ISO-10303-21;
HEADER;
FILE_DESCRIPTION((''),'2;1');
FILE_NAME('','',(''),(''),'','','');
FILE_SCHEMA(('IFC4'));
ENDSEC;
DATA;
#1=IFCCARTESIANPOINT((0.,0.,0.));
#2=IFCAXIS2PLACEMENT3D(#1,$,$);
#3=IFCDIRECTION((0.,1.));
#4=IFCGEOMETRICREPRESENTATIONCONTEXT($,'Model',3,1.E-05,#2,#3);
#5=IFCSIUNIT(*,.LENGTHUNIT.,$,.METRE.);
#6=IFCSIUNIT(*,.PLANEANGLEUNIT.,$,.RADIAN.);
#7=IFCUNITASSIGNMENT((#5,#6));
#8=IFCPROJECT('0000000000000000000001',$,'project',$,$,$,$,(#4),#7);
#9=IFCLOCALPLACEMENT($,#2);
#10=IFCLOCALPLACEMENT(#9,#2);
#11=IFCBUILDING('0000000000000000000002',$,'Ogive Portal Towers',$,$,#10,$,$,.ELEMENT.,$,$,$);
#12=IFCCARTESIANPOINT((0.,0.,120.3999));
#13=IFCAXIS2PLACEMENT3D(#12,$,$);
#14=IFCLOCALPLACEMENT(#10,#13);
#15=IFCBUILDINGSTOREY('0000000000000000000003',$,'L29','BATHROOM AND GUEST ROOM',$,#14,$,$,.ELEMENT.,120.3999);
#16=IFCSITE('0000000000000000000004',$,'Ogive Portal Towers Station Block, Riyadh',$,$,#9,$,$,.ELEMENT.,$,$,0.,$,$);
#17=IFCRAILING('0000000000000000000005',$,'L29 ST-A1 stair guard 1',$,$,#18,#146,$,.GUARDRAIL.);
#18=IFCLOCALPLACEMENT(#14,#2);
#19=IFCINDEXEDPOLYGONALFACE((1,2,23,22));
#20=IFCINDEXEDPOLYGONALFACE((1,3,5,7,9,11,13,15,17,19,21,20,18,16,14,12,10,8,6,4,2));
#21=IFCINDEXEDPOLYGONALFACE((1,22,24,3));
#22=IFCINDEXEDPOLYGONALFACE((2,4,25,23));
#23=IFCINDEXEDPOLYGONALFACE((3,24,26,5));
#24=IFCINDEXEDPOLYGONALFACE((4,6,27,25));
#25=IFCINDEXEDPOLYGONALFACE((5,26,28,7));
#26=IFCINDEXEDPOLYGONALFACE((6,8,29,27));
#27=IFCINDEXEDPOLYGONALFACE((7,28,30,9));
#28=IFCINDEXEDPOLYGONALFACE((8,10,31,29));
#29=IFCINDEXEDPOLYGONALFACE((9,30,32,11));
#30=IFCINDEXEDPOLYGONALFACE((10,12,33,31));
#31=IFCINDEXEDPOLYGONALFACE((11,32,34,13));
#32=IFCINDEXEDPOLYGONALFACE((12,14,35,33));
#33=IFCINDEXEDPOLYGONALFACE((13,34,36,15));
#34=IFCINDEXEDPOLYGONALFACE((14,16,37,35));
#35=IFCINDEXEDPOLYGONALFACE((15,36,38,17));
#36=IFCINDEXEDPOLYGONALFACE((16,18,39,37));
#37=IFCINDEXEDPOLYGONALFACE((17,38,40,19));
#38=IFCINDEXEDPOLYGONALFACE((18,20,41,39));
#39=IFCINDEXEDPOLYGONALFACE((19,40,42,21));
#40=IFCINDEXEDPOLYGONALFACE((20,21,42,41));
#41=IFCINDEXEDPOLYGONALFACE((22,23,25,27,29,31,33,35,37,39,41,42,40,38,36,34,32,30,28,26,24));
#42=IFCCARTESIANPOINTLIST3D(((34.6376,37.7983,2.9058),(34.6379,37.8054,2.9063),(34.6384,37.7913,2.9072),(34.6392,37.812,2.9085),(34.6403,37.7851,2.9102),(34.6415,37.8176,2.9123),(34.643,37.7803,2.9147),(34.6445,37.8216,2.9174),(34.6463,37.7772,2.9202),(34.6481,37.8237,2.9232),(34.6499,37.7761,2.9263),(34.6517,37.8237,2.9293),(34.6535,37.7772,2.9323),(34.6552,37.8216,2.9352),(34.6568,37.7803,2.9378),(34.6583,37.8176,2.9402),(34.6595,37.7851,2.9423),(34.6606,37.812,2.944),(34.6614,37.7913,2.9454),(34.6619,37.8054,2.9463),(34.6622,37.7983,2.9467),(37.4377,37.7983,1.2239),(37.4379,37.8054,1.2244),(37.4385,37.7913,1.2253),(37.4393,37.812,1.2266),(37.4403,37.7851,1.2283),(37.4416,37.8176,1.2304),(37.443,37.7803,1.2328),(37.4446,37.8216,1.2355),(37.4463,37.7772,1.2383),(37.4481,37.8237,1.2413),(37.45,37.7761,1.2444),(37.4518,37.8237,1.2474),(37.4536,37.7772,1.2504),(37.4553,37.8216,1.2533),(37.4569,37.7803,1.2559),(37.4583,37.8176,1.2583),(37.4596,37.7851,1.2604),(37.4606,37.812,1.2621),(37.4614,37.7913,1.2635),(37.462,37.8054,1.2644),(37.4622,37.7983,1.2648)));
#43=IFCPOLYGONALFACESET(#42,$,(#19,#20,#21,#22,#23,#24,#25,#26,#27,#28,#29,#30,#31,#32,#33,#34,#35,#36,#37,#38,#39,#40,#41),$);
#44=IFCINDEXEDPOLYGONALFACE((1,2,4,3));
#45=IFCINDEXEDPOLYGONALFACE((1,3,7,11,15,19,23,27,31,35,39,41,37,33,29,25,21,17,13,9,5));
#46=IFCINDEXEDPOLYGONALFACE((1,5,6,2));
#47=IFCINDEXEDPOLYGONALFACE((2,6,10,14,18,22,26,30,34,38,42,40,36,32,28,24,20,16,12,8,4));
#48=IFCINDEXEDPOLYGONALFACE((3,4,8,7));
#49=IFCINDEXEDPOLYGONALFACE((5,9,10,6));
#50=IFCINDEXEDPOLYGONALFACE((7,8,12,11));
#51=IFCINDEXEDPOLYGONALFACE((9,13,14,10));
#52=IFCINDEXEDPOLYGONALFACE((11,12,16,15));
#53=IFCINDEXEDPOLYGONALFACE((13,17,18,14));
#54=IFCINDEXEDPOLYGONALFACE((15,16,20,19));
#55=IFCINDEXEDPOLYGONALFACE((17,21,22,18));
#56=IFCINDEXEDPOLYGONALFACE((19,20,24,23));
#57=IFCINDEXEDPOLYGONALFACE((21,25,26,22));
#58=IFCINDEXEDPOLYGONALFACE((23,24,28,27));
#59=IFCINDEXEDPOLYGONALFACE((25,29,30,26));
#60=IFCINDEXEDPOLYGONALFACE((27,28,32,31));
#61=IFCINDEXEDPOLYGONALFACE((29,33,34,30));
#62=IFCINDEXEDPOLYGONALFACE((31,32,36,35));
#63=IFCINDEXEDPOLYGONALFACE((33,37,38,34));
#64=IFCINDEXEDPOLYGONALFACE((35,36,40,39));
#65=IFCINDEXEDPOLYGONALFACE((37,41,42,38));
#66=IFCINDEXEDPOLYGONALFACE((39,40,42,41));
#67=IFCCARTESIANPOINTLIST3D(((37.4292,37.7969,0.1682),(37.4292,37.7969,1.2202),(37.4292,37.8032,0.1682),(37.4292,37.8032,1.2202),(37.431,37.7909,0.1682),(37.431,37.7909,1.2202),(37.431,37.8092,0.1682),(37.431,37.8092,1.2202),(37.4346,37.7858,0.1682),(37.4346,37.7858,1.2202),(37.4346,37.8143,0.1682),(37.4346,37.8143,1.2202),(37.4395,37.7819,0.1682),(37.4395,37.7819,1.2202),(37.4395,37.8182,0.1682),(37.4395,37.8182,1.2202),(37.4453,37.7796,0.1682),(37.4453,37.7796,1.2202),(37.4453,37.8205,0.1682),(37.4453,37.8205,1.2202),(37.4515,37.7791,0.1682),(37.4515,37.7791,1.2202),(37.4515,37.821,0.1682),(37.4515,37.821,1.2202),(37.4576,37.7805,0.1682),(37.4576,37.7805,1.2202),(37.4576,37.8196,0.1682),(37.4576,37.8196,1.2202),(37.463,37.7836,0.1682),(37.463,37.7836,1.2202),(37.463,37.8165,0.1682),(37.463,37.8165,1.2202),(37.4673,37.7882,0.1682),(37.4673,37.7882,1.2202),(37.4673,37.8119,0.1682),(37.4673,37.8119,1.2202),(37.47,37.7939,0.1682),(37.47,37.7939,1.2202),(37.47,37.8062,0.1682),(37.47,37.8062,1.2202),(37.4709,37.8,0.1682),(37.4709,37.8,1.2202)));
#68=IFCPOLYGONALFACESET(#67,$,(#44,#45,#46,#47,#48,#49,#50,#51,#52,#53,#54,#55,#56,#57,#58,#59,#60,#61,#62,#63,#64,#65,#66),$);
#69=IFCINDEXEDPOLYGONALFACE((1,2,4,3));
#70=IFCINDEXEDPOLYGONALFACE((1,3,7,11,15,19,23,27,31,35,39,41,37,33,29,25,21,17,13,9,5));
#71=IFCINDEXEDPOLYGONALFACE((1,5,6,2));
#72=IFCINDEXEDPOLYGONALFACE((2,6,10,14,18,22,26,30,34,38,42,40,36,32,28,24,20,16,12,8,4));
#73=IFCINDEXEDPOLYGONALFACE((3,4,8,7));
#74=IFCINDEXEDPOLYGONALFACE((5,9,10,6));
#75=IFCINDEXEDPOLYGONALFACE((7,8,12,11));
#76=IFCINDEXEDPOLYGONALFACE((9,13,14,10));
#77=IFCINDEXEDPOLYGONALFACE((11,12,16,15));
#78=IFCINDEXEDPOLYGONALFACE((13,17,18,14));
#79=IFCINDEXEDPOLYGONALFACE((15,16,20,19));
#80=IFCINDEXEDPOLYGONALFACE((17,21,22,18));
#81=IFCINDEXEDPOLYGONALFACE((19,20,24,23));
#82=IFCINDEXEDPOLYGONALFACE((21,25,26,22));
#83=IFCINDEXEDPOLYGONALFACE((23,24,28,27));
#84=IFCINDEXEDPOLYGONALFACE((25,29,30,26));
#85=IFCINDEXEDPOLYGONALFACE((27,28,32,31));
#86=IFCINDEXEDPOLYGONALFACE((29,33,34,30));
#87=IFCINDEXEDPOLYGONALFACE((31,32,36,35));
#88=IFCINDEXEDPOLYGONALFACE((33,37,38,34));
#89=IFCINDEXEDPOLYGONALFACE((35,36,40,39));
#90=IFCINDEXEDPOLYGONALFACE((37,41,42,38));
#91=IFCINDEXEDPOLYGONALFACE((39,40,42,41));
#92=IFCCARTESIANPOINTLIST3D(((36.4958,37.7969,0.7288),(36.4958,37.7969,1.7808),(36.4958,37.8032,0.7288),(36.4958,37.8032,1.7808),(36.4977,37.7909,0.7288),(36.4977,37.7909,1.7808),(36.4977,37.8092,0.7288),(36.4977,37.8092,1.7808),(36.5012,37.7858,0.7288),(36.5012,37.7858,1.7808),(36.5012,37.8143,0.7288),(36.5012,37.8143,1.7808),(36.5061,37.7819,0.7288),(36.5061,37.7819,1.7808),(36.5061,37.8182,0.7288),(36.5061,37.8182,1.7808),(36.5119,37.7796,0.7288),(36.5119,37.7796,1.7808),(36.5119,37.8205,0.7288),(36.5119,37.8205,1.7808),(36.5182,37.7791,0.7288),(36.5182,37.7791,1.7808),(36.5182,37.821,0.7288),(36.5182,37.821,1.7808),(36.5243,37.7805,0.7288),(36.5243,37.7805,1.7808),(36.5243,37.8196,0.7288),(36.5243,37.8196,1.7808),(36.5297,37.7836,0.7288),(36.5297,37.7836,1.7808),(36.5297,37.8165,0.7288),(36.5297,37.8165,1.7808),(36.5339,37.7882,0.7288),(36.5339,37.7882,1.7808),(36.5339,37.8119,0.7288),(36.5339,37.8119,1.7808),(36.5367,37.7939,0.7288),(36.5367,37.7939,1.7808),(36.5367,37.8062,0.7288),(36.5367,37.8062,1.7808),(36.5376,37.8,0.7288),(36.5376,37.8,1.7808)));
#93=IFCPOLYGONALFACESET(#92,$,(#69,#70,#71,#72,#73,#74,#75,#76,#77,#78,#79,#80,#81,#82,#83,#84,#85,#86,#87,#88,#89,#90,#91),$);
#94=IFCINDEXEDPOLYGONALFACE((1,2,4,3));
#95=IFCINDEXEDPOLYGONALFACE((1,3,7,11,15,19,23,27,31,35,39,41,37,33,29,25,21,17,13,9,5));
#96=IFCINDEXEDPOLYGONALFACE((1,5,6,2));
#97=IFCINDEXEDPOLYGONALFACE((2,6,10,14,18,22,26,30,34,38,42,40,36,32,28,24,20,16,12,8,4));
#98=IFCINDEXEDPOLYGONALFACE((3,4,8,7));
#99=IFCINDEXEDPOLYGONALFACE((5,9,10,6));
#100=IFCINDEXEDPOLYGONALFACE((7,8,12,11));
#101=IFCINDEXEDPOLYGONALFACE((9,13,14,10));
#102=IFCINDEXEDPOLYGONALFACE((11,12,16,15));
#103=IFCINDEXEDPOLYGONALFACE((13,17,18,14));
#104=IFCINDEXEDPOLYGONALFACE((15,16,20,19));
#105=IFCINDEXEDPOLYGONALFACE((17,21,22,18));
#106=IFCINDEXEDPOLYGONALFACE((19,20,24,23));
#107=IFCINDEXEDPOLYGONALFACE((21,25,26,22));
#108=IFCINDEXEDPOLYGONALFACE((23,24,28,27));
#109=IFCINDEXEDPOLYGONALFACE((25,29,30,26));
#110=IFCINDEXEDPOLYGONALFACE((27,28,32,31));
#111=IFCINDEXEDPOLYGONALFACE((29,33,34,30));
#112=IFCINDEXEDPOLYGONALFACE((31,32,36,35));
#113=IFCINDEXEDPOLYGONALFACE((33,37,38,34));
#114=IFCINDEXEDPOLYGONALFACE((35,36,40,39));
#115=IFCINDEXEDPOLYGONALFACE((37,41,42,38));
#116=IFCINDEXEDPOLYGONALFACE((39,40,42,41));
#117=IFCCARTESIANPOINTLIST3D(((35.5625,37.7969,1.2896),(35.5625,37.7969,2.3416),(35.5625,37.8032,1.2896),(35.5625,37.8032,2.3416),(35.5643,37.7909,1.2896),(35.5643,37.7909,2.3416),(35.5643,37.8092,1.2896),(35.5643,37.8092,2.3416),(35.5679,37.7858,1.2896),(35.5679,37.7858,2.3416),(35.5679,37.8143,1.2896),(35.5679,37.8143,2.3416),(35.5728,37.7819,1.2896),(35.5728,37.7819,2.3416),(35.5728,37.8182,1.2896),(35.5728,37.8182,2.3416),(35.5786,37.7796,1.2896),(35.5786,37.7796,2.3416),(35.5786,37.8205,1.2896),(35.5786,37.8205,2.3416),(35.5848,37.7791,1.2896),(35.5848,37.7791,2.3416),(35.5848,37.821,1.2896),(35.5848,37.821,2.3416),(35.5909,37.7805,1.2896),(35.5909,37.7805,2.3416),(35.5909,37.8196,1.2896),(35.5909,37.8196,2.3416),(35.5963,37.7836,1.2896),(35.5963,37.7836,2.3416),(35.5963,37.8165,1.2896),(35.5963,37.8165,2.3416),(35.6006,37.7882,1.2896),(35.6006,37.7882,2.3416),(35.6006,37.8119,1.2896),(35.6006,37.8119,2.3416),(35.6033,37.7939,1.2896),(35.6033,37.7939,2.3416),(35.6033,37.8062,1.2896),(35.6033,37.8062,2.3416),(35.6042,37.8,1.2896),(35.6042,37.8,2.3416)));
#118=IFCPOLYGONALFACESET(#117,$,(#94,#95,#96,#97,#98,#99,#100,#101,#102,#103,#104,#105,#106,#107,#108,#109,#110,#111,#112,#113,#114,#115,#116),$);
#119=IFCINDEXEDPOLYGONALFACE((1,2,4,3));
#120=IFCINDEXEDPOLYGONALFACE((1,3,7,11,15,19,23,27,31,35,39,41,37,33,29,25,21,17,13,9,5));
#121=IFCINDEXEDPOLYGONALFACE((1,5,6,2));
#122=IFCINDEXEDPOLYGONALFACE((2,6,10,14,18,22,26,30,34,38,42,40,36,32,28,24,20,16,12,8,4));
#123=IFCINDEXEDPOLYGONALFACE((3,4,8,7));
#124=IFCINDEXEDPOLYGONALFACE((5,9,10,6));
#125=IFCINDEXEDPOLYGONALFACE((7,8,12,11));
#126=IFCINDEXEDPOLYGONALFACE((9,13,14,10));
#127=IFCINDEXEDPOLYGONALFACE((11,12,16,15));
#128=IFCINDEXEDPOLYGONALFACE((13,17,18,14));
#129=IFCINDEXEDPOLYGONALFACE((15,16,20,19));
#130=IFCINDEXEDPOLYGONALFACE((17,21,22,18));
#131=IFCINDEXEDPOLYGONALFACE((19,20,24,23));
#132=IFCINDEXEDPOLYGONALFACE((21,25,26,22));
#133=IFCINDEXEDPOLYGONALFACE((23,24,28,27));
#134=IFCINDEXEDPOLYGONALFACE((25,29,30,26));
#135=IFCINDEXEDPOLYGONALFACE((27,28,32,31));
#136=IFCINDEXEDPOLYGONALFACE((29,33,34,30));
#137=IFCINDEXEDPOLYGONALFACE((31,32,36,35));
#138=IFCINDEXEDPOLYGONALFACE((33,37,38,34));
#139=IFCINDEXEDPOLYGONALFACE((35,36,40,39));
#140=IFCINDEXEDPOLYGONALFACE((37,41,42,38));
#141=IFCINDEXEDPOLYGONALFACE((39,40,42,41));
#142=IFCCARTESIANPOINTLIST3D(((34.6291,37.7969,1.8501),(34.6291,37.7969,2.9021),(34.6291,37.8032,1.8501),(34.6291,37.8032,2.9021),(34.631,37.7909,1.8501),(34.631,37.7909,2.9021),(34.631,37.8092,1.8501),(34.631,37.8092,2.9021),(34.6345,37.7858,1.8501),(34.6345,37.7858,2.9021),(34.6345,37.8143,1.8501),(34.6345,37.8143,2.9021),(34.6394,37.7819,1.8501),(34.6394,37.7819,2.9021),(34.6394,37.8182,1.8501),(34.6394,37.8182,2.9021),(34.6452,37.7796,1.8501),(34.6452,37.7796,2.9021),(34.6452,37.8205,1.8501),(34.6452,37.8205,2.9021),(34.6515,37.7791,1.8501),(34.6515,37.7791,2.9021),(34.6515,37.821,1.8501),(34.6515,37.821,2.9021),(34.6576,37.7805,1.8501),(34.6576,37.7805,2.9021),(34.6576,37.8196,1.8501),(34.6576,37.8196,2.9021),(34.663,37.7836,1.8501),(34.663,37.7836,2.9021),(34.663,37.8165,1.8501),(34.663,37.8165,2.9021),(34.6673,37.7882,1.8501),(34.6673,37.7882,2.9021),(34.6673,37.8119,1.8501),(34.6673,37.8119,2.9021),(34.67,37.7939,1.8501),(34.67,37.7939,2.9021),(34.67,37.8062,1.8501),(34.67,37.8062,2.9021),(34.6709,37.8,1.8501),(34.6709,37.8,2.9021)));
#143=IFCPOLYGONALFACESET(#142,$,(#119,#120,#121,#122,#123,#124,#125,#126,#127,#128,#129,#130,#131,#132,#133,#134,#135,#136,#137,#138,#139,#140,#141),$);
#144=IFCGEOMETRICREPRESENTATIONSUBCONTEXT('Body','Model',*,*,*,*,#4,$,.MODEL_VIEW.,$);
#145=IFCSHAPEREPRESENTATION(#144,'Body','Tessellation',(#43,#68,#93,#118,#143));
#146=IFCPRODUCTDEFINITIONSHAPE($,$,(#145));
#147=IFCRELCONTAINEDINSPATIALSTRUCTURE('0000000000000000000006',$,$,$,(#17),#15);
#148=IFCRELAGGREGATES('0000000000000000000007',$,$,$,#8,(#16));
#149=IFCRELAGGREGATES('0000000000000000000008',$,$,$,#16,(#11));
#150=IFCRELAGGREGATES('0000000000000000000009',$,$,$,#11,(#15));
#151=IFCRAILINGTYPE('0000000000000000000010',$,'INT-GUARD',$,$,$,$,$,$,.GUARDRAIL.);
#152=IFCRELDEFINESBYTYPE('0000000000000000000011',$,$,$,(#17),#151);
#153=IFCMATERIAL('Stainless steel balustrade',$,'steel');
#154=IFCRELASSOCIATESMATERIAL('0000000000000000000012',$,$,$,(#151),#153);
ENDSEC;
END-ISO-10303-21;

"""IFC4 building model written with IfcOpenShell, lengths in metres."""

from ifc_helpers import new_model, si_unit, direction, frame, origin, origin_2d, place, context, subcontext, project, spatial, circle, extrude, material, type_object, element, save


model = new_model("IFC4")

# Units and contexts
model_context = context("Model", 3, precision=1e-05, world=origin(), true_north=direction((0.0, 1.0)))
body_context = subcontext(model_context, "Body", "Model", "MODEL_VIEW")
ifc_project = project(units=[si_unit("LENGTHUNIT", "METRE"), si_unit("PLANEANGLEUNIT", "RADIAN")], contexts=[model_context])

# Site, building, storey
site_placement = place(None, origin())
site = spatial("IfcSite", under=ifc_project, at=site_placement, Name="Ogive Portal Towers Station Block, Riyadh", CompositionType="ELEMENT", RefElevation=0.0)
building_placement = place(site_placement, origin())
building = spatial("IfcBuilding", under=site, at=building_placement, Name="Ogive Portal Towers", CompositionType="ELEMENT")
storey_placement = place(building_placement, frame((0.0, 0.0, 120.3999)))
storey = spatial("IfcBuildingStorey", under=building, at=storey_placement, Name="L29", Description="BATHROOM AND GUEST ROOM", CompositionType="ELEMENT", Elevation=120.3999)

# Railing
ifc_material_1 = material(Name="Stainless steel balustrade", Category="steel")
railing_type_1 = type_object("IfcRailingType", Name="INT-GUARD", PredefinedType="GUARDRAIL", material=ifc_material_1)
railing_1_placement = place(storey_placement, frame((37.45, 37.8, 0.1682)))
element("IfcRailing", 1, at=railing_1_placement, inside=storey, type_object=railing_type_1, Name="L29 ST-A1 stair guard 1", PredefinedType="GUARDRAIL", context=body_context, shape_type="SweptSolid", body=[
    extrude(circle(Radius=0.0239, at=origin_2d()), frame((0.0, 0.0, 1.0762), z_axis=(-0.857242, 0.0, 0.514913), x_axis=(0.0, -1.0, 0.0)), (0.0, 0.0, 1.0), 3.2664),
    extrude(circle(Radius=0.021, at=origin_2d()), origin(), (0.0, 0.0, 1.0), 1.052),
    extrude(circle(Radius=0.021, at=origin_2d()), frame((-0.9333, 0.0, 0.5605)), (0.0, 0.0, 1.0), 1.052),
    extrude(circle(Radius=0.021, at=origin_2d()), frame((-1.8667, 0.0, 1.1213)), (0.0, 0.0, 1.0), 1.052),
    extrude(circle(Radius=0.021, at=origin_2d()), frame((-2.8, 0.0, 1.6819)), (0.0, 0.0, 1.0), 1.052),
])

save(model, "model.ifc")
